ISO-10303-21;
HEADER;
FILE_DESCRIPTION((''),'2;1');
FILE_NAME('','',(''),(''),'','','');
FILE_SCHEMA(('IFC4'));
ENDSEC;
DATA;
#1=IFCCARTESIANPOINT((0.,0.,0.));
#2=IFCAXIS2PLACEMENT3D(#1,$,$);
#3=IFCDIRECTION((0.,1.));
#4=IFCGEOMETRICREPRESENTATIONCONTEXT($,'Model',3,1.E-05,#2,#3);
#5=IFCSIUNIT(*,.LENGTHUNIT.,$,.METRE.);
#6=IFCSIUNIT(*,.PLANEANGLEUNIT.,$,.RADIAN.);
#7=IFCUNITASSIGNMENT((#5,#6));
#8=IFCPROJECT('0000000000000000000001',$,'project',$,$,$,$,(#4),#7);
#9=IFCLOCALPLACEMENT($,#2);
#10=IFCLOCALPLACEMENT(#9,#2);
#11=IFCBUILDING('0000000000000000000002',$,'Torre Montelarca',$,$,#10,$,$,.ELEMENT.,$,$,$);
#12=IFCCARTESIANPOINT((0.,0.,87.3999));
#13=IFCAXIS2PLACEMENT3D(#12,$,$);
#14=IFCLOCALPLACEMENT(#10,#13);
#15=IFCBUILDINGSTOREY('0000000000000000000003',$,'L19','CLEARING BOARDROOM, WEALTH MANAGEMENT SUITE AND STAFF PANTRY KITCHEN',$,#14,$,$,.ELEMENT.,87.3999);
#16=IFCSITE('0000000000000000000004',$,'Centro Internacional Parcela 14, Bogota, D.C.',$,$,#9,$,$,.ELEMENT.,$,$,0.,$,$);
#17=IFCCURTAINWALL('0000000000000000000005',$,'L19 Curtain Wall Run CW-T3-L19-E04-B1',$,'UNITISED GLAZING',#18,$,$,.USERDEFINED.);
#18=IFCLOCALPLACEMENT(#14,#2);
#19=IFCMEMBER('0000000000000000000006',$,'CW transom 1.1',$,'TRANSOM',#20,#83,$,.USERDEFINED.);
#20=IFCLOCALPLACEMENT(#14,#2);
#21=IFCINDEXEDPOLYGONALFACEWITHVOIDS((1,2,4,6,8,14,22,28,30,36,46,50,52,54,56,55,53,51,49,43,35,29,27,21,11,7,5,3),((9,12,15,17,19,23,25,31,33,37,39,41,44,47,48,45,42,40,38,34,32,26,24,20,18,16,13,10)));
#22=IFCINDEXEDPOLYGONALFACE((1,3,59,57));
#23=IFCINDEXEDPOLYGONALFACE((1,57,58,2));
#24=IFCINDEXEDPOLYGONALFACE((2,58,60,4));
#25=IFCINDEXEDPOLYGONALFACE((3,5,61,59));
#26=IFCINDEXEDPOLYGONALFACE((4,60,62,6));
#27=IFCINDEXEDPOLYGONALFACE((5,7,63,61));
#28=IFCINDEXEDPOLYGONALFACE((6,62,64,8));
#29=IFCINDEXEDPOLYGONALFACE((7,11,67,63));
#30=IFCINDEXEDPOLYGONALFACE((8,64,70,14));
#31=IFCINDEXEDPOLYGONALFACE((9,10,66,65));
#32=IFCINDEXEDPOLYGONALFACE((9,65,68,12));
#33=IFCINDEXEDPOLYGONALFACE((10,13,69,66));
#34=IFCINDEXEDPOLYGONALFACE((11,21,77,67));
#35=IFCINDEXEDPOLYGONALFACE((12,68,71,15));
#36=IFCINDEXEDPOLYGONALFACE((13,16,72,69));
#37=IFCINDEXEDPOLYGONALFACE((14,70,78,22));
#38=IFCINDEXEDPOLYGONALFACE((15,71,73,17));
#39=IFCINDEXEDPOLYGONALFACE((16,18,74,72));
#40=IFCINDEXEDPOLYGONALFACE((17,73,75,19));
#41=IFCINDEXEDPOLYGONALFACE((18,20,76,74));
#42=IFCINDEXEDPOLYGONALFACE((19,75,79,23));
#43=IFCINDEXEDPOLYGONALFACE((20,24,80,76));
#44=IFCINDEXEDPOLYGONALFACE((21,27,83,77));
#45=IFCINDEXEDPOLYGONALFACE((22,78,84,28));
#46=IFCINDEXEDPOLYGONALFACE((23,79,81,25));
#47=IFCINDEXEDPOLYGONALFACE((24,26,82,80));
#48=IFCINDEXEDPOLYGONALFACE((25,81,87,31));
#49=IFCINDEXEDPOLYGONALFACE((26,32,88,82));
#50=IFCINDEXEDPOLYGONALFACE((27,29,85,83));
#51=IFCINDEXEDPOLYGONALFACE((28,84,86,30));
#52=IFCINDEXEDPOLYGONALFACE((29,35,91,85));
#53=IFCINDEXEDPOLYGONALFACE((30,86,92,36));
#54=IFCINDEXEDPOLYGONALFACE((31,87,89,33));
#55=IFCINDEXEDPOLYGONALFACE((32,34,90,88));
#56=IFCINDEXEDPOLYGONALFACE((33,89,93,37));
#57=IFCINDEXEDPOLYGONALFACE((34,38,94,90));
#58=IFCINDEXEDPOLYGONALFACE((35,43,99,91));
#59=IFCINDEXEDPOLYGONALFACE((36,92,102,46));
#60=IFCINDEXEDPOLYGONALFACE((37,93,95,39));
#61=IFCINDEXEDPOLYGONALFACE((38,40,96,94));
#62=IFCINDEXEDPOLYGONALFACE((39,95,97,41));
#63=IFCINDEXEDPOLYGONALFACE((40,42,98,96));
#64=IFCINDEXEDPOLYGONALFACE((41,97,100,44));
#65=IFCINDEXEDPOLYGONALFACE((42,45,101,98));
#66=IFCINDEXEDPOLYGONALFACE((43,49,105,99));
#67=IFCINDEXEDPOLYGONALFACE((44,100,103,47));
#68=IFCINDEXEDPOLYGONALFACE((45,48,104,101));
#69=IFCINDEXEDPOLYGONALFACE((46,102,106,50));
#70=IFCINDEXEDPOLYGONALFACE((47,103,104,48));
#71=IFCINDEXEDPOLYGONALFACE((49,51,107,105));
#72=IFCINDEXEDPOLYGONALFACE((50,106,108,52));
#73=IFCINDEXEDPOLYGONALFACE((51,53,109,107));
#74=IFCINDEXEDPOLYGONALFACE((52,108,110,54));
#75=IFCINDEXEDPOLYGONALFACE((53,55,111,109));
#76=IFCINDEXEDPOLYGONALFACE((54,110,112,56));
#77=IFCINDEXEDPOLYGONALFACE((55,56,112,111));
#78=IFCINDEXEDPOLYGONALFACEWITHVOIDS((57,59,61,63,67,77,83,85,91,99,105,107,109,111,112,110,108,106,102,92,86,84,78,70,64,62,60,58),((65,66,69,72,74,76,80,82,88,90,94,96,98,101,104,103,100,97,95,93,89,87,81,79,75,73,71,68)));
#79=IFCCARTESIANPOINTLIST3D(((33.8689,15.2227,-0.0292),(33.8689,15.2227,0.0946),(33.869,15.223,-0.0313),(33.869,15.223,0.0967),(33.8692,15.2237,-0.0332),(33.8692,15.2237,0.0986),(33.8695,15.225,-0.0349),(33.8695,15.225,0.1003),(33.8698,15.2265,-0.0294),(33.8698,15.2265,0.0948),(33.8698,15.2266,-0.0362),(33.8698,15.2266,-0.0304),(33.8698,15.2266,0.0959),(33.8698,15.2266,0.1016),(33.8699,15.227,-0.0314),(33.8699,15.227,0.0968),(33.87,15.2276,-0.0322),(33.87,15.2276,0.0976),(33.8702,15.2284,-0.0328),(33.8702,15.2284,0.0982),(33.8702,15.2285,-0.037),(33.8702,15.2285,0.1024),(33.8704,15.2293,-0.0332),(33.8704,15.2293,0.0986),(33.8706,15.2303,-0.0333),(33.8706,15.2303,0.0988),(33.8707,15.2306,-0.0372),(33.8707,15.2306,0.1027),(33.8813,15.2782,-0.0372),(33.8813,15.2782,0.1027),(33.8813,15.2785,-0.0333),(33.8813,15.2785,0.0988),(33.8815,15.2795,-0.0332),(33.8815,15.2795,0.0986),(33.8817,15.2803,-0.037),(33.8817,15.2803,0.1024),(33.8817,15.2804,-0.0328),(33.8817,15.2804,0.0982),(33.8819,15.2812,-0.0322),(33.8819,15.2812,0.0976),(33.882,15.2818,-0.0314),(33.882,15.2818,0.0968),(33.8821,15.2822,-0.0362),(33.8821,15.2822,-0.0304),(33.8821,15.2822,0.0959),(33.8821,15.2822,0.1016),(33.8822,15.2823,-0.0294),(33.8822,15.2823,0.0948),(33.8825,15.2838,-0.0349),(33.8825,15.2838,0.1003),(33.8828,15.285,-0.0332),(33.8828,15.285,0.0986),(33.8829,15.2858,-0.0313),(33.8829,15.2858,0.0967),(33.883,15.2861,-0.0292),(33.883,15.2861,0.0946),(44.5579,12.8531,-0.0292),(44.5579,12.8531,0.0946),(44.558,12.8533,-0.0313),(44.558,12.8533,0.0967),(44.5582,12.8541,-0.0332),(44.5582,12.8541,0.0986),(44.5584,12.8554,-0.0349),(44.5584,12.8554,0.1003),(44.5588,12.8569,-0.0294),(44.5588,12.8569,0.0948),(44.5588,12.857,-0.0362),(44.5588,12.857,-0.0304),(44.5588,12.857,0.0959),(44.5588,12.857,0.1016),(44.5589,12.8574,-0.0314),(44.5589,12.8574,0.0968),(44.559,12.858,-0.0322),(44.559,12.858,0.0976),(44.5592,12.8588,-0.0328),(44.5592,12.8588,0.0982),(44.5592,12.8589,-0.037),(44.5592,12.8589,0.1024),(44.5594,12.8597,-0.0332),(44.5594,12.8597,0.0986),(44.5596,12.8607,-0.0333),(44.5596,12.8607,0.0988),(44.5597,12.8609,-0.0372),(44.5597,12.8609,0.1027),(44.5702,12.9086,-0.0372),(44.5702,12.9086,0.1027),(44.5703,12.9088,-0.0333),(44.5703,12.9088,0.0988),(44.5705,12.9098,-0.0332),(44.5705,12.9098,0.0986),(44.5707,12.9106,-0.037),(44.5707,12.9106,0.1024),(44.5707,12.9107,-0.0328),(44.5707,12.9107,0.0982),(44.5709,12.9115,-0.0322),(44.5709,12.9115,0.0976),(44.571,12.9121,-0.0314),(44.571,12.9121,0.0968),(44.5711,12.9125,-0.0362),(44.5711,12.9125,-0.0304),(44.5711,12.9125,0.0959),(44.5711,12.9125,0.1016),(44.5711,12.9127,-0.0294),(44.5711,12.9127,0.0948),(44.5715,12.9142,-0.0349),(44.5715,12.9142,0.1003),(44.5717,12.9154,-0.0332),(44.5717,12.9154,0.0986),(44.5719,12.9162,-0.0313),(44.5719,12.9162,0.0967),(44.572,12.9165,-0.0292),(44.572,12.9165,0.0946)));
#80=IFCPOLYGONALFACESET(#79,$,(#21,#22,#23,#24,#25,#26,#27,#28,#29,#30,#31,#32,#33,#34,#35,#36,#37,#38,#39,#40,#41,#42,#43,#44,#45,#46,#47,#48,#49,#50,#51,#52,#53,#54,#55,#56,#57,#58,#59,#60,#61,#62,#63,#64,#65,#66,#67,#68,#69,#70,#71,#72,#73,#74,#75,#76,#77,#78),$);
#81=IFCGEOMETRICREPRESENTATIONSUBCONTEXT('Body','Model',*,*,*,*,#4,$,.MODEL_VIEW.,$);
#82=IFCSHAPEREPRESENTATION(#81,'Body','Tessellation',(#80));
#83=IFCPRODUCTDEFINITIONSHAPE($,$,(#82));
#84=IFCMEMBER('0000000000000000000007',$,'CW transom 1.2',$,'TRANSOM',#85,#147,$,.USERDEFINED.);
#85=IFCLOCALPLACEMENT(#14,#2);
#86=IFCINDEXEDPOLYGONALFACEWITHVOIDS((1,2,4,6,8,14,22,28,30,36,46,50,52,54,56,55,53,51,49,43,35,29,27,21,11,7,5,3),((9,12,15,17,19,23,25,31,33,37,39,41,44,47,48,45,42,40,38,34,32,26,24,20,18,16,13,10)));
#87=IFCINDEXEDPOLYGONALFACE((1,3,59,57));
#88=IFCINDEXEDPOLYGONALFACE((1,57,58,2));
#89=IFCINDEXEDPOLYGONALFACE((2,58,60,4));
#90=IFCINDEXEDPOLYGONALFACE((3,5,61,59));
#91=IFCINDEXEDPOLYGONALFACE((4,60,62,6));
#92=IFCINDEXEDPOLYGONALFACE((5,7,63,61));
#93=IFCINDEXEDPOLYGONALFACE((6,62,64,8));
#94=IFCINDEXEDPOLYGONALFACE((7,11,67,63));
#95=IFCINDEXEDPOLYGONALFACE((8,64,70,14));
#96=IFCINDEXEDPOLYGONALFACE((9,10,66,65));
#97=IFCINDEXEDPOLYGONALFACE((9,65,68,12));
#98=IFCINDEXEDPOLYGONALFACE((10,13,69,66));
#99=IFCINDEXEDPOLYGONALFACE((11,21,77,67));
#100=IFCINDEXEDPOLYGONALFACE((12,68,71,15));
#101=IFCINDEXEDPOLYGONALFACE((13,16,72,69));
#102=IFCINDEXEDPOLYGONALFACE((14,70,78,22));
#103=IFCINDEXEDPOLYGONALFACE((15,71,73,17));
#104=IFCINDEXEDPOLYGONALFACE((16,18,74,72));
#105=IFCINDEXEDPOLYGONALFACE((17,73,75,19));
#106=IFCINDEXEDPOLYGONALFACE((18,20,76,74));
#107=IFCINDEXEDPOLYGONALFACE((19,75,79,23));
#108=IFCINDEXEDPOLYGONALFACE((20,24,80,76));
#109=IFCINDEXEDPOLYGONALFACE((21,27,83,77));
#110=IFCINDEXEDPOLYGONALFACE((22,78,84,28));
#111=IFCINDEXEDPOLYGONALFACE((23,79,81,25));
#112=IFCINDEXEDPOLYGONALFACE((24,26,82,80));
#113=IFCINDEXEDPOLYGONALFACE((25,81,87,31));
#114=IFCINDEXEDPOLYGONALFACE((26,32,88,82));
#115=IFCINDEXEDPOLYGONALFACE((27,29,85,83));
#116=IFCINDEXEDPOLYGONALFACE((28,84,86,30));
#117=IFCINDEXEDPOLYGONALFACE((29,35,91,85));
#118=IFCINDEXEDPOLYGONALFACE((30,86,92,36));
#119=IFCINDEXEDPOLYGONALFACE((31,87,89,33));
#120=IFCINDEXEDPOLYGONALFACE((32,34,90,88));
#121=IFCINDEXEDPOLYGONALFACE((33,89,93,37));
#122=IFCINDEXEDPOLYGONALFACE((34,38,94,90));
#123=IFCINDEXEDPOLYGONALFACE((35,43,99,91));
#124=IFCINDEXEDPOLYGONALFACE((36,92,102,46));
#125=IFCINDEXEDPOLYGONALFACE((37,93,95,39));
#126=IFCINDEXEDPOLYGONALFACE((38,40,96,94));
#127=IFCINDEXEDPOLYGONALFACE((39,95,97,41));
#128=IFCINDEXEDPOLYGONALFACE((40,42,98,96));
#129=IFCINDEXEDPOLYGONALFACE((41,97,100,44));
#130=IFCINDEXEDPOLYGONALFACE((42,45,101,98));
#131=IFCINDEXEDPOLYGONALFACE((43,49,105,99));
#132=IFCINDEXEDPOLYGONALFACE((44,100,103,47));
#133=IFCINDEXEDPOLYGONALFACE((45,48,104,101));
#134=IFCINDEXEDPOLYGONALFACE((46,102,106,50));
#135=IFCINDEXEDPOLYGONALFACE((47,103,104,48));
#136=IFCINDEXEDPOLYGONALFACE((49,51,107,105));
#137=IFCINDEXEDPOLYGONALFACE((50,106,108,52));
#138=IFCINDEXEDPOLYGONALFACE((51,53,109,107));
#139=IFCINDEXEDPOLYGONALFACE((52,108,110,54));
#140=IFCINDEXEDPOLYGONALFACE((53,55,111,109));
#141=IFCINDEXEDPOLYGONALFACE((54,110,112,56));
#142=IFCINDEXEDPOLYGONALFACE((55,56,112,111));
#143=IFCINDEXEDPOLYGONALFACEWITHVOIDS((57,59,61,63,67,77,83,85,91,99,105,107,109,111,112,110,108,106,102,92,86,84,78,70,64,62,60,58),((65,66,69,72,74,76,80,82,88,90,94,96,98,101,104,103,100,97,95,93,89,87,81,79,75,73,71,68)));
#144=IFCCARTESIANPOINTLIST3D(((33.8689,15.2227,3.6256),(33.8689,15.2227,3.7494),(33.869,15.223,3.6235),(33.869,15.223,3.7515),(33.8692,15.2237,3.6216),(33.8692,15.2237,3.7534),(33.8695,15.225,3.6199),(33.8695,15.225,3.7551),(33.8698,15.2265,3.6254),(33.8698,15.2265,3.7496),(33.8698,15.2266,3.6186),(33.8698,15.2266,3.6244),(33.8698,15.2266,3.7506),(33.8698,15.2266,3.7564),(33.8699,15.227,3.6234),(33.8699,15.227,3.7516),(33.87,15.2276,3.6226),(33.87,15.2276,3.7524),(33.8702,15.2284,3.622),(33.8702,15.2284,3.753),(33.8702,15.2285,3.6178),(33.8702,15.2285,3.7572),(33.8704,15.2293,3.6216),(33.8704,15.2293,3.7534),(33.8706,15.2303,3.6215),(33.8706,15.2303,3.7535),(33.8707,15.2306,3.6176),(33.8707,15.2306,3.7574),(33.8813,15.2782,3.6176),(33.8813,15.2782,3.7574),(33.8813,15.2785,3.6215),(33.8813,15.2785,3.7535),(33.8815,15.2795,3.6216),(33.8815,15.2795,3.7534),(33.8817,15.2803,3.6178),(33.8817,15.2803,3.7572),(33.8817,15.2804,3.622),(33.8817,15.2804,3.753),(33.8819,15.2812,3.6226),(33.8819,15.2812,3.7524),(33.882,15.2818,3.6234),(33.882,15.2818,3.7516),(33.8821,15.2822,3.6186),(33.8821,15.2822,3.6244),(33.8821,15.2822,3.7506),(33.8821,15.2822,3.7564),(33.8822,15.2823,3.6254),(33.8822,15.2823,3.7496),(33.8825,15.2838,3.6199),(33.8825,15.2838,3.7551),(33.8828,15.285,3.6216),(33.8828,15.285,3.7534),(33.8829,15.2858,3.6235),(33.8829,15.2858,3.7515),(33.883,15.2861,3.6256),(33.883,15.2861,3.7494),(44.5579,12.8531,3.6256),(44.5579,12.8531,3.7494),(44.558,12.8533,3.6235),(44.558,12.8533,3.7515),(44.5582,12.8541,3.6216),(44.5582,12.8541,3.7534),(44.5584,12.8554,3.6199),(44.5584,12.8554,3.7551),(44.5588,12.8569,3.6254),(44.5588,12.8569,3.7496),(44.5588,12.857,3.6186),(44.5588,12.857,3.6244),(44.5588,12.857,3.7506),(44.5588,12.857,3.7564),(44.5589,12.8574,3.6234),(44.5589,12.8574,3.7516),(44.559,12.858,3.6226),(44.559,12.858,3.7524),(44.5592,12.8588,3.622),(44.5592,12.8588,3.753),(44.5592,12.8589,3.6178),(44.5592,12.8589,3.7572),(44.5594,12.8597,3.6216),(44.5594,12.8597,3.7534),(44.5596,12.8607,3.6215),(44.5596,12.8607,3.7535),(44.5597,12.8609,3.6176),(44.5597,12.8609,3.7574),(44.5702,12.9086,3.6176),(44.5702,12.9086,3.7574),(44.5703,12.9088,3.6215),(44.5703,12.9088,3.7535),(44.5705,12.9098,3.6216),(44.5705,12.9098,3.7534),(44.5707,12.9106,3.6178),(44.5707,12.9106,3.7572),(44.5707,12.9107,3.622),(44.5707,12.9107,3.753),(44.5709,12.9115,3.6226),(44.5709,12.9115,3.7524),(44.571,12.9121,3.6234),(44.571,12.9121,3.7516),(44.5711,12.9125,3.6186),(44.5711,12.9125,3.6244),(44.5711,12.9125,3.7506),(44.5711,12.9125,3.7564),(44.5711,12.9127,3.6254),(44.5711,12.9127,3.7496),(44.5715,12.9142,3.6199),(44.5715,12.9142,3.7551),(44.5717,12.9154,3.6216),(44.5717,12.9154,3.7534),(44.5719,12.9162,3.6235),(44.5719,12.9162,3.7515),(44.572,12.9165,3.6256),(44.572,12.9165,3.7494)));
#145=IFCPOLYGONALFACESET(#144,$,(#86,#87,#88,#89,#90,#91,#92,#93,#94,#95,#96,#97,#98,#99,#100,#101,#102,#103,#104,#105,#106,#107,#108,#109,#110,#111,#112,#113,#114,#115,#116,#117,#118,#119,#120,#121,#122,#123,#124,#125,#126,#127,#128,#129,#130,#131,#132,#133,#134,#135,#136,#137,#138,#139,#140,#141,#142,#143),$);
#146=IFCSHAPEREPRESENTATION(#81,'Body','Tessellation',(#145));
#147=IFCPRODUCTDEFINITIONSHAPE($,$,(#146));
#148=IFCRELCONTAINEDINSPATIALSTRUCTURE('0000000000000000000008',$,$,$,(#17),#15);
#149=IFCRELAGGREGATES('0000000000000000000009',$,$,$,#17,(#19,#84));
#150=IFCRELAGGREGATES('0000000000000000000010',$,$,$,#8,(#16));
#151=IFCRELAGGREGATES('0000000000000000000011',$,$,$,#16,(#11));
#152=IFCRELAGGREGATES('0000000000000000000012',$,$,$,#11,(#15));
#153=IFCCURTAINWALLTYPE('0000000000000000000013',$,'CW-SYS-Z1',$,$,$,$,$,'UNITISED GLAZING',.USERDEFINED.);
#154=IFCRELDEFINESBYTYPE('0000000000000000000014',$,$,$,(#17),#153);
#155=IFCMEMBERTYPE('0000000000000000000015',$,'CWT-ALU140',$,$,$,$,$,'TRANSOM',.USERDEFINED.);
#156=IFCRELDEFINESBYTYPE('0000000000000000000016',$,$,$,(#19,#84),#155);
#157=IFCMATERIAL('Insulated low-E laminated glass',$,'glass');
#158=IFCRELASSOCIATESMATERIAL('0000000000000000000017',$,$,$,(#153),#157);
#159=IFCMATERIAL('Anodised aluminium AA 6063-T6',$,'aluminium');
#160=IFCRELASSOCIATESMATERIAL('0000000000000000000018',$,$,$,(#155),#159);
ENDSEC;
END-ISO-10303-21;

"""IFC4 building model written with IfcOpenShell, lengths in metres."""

from ifc_helpers import new_model, si_unit, direction, frame, origin, origin_2d, place, context, subcontext, project, spatial, hollow_rectangle, extrude, source, transform, mapped, material, material_profile, profile_set, type_object, element, aggregate, save


model = new_model("IFC4")

# Units and contexts
model_context = context("Model", 3, precision=1e-05, world=origin(), true_north=direction((0.0, 1.0)))
body_context = subcontext(model_context, "Body", "Model", "MODEL_VIEW")
ifc_project = project(units=[si_unit("LENGTHUNIT", "METRE"), si_unit("PLANEANGLEUNIT", "RADIAN")], contexts=[model_context])

# Site, building, storey
site_placement = place(None, origin())
site = spatial("IfcSite", under=ifc_project, at=site_placement, Name="Centro Internacional Parcela 14, Bogota, D.C.", CompositionType="ELEMENT", RefElevation=0.0)
building_placement = place(site_placement, origin())
building = spatial("IfcBuilding", under=site, at=building_placement, Name="Torre Montelarca", CompositionType="ELEMENT")
storey_placement = place(building_placement, frame((0.0, 0.0, 87.3999)))
storey = spatial("IfcBuildingStorey", under=building, at=storey_placement, Name="L19", Description="CLEARING BOARDROOM, WEALTH MANAGEMENT SUITE AND STAFF PANTRY KITCHEN", CompositionType="ELEMENT", Elevation=87.3999)

# Curtain wall, members
ifc_material_1 = material(Name="Insulated low-E laminated glass", Category="glass")
curtain_wall_type = type_object("IfcCurtainWallType", Name="CW-SYS-Z1", ElementType="UNITISED GLAZING", PredefinedType="USERDEFINED", material=ifc_material_1)
ifc_material_2 = material(Name="Anodised aluminium AA 6063-T6", Category="aluminium")
ifc_material_profile_1 = material_profile(ifc_material_2, hollow_rectangle(XDim=0.0649, YDim=0.1399, WallThickness=0.0039, InnerFilletRadius=0.0039, OuterFilletRadius=0.0081, at=origin_2d()), Name="ALU65X140X4", Category="aluminium")
ifc_profile_set_1 = profile_set([ifc_material_profile_1], Name="Anodised aluminium AA 6063-T6")
member_type_1 = type_object("IfcMemberType", Name="CWT-ALU140", ElementType="TRANSOM", PredefinedType="USERDEFINED", material=ifc_profile_set_1)
curtain_wall_1_placement = place(storey_placement, origin())
curtain_wall_1 = element("IfcCurtainWall", 1, at=curtain_wall_1_placement, inside=storey, type_object=curtain_wall_type, Name="L19 Curtain Wall Run CW-T3-L19-E04-B1", ObjectType="UNITISED GLAZING", PredefinedType="USERDEFINED")
shared_shape_1 = source(origin(), body_context, "Body", "SweptSolid", [
    extrude(hollow_rectangle(XDim=0.0649, YDim=0.1399, WallThickness=0.0039, InnerFilletRadius=0.0039, OuterFilletRadius=0.0081, at=origin_2d()), origin(), (0.0, 0.0, 1.0), 10.9485),
])
member_1_placement = place(storey_placement, frame((33.876, 15.2544, 0.0327), z_axis=(0.976297, -0.216435, 0.0), x_axis=(0.216435, 0.976297, 0.0)))
member_1 = element("IfcMember", 2, at=member_1_placement, type_object=member_type_1, Name="CW transom 1.1", ObjectType="TRANSOM", PredefinedType="USERDEFINED", context=body_context, shape_type="MappedRepresentation", body=[
    mapped(shared_shape_1, transform((0.0, 0.0, 0.0), scale=1.0)),
])
member_2_placement = place(storey_placement, frame((33.876, 15.2544, 3.6875), z_axis=(0.976297, -0.216435, 0.0), x_axis=(0.216435, 0.976297, 0.0)))
member_2 = element("IfcMember", 3, at=member_2_placement, type_object=member_type_1, Name="CW transom 1.2", ObjectType="TRANSOM", PredefinedType="USERDEFINED", context=body_context, shape_type="MappedRepresentation", body=[
    mapped(shared_shape_1, transform((0.0, 0.0, 0.0), scale=1.0)),
])

aggregate(curtain_wall_1, [member_1, member_2])

save(model, "model.ifc")
